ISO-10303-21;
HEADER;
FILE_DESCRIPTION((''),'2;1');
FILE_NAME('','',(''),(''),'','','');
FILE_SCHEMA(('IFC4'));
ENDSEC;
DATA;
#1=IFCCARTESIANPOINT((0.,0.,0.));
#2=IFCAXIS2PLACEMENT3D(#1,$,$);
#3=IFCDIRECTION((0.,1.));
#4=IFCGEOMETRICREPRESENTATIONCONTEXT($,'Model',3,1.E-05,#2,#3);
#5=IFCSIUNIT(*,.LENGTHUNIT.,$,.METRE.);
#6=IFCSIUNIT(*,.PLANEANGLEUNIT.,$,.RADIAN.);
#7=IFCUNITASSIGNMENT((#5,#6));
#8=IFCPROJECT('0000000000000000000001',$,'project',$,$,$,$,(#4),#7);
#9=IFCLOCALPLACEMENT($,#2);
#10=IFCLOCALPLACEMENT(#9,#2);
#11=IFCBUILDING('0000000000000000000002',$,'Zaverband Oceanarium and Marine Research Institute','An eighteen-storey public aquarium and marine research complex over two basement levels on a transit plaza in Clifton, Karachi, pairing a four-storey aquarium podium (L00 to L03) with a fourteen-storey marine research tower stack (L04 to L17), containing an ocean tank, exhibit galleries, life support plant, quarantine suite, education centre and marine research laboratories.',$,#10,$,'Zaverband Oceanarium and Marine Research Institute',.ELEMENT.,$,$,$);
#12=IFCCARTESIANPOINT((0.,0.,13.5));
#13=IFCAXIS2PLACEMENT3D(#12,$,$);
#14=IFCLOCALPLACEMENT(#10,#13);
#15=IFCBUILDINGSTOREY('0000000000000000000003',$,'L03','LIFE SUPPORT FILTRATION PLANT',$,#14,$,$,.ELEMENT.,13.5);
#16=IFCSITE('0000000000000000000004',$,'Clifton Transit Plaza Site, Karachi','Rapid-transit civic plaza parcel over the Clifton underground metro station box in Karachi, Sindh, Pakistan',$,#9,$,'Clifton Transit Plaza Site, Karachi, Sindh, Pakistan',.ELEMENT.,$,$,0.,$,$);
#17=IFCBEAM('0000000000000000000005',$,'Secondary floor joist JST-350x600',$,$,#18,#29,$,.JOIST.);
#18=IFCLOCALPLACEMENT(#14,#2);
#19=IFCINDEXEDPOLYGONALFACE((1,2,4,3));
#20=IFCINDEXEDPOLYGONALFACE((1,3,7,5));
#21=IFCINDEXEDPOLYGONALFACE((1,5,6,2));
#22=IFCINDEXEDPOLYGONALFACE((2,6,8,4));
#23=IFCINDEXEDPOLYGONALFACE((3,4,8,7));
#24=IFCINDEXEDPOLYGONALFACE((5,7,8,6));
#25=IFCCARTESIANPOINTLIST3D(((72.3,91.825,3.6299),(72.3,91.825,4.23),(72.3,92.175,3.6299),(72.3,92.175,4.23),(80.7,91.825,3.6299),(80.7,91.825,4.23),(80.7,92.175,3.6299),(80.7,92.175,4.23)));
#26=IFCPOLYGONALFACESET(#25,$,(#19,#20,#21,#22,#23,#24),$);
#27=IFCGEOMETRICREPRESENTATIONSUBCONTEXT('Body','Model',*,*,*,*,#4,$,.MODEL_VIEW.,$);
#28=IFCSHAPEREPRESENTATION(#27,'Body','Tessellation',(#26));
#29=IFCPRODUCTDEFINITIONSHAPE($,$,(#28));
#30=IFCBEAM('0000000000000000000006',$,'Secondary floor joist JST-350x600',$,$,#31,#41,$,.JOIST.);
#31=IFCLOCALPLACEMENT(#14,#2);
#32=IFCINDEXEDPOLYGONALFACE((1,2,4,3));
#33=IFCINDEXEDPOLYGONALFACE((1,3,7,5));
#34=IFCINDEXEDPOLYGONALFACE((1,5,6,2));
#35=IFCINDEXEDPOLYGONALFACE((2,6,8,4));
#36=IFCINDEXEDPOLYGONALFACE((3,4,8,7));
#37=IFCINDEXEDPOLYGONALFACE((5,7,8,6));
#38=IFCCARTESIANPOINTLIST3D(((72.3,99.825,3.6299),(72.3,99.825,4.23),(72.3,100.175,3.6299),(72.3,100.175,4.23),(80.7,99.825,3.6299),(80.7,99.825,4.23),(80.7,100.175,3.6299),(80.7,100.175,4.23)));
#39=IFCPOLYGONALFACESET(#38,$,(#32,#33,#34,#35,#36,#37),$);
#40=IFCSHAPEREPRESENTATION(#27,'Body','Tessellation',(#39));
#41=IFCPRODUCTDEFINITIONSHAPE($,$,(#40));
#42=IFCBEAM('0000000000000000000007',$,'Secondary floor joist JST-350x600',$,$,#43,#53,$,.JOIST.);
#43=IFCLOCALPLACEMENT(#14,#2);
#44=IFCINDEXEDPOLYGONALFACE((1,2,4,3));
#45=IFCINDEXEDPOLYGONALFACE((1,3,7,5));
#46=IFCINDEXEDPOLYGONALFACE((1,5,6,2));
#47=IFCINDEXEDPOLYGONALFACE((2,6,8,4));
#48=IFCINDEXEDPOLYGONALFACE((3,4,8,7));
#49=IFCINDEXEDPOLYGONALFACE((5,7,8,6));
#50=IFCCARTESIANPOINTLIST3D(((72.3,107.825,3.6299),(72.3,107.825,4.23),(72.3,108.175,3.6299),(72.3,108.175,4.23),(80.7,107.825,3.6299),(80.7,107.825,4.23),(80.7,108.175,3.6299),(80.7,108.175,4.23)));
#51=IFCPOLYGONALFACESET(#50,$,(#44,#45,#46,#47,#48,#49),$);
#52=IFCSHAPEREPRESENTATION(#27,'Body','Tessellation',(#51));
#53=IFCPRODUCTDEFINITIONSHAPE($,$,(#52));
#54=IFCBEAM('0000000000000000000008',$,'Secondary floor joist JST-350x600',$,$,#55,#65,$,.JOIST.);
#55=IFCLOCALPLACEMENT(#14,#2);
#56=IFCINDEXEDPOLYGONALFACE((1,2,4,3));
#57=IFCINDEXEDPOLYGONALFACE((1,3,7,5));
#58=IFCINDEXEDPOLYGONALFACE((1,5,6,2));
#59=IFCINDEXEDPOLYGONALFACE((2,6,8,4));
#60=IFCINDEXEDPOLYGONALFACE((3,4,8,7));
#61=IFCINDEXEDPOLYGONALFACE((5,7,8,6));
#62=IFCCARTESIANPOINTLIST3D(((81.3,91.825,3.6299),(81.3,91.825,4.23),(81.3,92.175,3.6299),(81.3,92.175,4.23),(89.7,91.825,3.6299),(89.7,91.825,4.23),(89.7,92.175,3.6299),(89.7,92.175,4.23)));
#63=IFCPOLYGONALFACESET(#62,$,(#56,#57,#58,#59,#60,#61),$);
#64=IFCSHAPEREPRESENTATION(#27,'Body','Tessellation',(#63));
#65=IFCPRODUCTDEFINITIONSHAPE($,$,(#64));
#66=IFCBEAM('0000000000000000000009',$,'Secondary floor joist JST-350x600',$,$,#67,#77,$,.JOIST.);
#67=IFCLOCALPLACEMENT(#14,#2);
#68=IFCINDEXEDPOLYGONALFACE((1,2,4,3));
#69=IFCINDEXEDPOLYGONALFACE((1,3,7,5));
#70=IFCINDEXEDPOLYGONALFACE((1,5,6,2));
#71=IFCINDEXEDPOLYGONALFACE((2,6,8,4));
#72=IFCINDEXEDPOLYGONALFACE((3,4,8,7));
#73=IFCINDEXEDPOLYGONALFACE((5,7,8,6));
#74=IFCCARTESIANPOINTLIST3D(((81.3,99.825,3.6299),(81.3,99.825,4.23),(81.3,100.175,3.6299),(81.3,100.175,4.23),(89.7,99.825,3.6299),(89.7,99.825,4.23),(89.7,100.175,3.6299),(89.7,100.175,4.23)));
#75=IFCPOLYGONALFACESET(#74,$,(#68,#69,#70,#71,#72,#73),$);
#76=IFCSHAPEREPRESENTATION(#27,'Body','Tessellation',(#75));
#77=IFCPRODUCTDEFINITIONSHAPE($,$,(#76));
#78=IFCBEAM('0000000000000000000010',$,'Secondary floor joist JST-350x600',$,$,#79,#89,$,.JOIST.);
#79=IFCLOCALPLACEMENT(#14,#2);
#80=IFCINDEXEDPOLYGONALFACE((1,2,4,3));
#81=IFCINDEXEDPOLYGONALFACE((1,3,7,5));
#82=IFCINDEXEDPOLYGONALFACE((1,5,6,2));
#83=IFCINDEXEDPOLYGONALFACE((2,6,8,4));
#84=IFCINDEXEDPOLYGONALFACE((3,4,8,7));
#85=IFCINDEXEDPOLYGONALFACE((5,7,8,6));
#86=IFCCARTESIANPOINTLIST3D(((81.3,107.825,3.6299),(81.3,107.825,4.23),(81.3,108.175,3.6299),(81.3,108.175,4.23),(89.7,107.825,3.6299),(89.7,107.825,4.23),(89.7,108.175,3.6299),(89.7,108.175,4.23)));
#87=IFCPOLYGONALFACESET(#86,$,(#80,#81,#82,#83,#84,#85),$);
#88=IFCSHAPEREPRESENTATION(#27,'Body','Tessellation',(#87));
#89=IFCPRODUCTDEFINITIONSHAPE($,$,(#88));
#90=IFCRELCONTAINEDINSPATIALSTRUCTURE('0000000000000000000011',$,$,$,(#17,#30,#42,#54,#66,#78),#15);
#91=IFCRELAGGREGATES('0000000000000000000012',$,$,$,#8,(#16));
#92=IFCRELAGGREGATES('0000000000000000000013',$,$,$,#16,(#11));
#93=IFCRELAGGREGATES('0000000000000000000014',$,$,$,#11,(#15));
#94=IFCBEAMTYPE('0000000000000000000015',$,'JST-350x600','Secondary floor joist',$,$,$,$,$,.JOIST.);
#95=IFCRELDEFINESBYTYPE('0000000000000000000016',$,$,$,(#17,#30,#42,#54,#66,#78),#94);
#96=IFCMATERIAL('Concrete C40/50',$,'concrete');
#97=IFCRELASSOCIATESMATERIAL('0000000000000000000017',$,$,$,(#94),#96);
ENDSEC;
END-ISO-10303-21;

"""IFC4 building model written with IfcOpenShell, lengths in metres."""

from ifc_helpers import new_model, si_unit, direction, frame, origin, origin_2d, place, context, subcontext, project, spatial, rectangle, extrude, material, material_profile, profile_set, type_object, element, save


model = new_model("IFC4")

# Units and contexts
model_context = context("Model", 3, precision=1e-05, world=origin(), true_north=direction((0.0, 1.0)))
body_context = subcontext(model_context, "Body", "Model", "MODEL_VIEW")
ifc_project = project(units=[si_unit("LENGTHUNIT", "METRE"), si_unit("PLANEANGLEUNIT", "RADIAN")], contexts=[model_context])

# Site, building, storey
site_placement = place(None, origin())
site = spatial("IfcSite", under=ifc_project, at=site_placement, Name="Clifton Transit Plaza Site, Karachi", Description="Rapid-transit civic plaza parcel over the Clifton underground metro station box in Karachi, Sindh, Pakistan", LongName="Clifton Transit Plaza Site, Karachi, Sindh, Pakistan", CompositionType="ELEMENT", RefElevation=0.0)
building_placement = place(site_placement, origin())
building = spatial("IfcBuilding", under=site, at=building_placement, Name="Zaverband Oceanarium and Marine Research Institute", Description="An eighteen-storey public aquarium and marine research complex over two basement levels on a transit plaza in Clifton, Karachi, pairing a four-storey aquarium podium (L00 to L03) with a fourteen-storey marine research tower stack (L04 to L17), containing an ocean tank, exhibit galleries, life support plant, quarantine suite, education centre and marine research laboratories.", LongName="Zaverband Oceanarium and Marine Research Institute", CompositionType="ELEMENT")
storey_placement = place(building_placement, frame((0.0, 0.0, 13.5)))
storey = spatial("IfcBuildingStorey", under=building, at=storey_placement, Name="L03", Description="LIFE SUPPORT FILTRATION PLANT", CompositionType="ELEMENT", Elevation=13.5)

# Beams
ifc_material_1 = material(Name="Concrete C40/50", Category="concrete")
ifc_material_profile_1 = material_profile(ifc_material_1, rectangle(XDim=0.3501, YDim=0.6001, at=origin_2d()), Name="RC350x600")
ifc_profile_set_1 = profile_set([ifc_material_profile_1], Name="Concrete C40/50")
beam_type_1 = type_object("IfcBeamType", Name="JST-350x600", Description="Secondary floor joist", PredefinedType="JOIST", material=ifc_profile_set_1)
for number, where, z_axis, x_axis, name in (
    (1, (72.3, 92.0, 3.9299), (1.0, 0.0, 0.0), (0.0, 1.0, 0.0), "Secondary floor joist JST-350x600"),
    (2, (72.3, 100.0, 3.9299), (1.0, 0.0, 0.0), (0.0, 1.0, 0.0), "Secondary floor joist JST-350x600"),
    (3, (72.3, 108.0, 3.9299), (1.0, 0.0, 0.0), (0.0, 1.0, 0.0), "Secondary floor joist JST-350x600"),
    (4, (81.3, 92.0, 3.9299), (1.0, 0.0, 0.0), (0.0, 1.0, 0.0), "Secondary floor joist JST-350x600"),
    (5, (81.3, 100.0, 3.9299), (1.0, 0.0, 0.0), (0.0, 1.0, 0.0), "Secondary floor joist JST-350x600"),
    (6, (81.3, 108.0, 3.9299), (1.0, 0.0, 0.0), (0.0, 1.0, 0.0), "Secondary floor joist JST-350x600"),
):
    element("IfcBeam", number, at=place(storey_placement, frame(where, z_axis=z_axis, x_axis=x_axis)), inside=storey, type_object=beam_type_1, Name=name, PredefinedType="JOIST", context=body_context, shape_type="SweptSolid", body=[
        extrude(rectangle(XDim=0.3501, YDim=0.6001, at=origin_2d()), origin(), (0.0, 0.0, 1.0), 8.3999),
    ])

save(model, "model.ifc")
